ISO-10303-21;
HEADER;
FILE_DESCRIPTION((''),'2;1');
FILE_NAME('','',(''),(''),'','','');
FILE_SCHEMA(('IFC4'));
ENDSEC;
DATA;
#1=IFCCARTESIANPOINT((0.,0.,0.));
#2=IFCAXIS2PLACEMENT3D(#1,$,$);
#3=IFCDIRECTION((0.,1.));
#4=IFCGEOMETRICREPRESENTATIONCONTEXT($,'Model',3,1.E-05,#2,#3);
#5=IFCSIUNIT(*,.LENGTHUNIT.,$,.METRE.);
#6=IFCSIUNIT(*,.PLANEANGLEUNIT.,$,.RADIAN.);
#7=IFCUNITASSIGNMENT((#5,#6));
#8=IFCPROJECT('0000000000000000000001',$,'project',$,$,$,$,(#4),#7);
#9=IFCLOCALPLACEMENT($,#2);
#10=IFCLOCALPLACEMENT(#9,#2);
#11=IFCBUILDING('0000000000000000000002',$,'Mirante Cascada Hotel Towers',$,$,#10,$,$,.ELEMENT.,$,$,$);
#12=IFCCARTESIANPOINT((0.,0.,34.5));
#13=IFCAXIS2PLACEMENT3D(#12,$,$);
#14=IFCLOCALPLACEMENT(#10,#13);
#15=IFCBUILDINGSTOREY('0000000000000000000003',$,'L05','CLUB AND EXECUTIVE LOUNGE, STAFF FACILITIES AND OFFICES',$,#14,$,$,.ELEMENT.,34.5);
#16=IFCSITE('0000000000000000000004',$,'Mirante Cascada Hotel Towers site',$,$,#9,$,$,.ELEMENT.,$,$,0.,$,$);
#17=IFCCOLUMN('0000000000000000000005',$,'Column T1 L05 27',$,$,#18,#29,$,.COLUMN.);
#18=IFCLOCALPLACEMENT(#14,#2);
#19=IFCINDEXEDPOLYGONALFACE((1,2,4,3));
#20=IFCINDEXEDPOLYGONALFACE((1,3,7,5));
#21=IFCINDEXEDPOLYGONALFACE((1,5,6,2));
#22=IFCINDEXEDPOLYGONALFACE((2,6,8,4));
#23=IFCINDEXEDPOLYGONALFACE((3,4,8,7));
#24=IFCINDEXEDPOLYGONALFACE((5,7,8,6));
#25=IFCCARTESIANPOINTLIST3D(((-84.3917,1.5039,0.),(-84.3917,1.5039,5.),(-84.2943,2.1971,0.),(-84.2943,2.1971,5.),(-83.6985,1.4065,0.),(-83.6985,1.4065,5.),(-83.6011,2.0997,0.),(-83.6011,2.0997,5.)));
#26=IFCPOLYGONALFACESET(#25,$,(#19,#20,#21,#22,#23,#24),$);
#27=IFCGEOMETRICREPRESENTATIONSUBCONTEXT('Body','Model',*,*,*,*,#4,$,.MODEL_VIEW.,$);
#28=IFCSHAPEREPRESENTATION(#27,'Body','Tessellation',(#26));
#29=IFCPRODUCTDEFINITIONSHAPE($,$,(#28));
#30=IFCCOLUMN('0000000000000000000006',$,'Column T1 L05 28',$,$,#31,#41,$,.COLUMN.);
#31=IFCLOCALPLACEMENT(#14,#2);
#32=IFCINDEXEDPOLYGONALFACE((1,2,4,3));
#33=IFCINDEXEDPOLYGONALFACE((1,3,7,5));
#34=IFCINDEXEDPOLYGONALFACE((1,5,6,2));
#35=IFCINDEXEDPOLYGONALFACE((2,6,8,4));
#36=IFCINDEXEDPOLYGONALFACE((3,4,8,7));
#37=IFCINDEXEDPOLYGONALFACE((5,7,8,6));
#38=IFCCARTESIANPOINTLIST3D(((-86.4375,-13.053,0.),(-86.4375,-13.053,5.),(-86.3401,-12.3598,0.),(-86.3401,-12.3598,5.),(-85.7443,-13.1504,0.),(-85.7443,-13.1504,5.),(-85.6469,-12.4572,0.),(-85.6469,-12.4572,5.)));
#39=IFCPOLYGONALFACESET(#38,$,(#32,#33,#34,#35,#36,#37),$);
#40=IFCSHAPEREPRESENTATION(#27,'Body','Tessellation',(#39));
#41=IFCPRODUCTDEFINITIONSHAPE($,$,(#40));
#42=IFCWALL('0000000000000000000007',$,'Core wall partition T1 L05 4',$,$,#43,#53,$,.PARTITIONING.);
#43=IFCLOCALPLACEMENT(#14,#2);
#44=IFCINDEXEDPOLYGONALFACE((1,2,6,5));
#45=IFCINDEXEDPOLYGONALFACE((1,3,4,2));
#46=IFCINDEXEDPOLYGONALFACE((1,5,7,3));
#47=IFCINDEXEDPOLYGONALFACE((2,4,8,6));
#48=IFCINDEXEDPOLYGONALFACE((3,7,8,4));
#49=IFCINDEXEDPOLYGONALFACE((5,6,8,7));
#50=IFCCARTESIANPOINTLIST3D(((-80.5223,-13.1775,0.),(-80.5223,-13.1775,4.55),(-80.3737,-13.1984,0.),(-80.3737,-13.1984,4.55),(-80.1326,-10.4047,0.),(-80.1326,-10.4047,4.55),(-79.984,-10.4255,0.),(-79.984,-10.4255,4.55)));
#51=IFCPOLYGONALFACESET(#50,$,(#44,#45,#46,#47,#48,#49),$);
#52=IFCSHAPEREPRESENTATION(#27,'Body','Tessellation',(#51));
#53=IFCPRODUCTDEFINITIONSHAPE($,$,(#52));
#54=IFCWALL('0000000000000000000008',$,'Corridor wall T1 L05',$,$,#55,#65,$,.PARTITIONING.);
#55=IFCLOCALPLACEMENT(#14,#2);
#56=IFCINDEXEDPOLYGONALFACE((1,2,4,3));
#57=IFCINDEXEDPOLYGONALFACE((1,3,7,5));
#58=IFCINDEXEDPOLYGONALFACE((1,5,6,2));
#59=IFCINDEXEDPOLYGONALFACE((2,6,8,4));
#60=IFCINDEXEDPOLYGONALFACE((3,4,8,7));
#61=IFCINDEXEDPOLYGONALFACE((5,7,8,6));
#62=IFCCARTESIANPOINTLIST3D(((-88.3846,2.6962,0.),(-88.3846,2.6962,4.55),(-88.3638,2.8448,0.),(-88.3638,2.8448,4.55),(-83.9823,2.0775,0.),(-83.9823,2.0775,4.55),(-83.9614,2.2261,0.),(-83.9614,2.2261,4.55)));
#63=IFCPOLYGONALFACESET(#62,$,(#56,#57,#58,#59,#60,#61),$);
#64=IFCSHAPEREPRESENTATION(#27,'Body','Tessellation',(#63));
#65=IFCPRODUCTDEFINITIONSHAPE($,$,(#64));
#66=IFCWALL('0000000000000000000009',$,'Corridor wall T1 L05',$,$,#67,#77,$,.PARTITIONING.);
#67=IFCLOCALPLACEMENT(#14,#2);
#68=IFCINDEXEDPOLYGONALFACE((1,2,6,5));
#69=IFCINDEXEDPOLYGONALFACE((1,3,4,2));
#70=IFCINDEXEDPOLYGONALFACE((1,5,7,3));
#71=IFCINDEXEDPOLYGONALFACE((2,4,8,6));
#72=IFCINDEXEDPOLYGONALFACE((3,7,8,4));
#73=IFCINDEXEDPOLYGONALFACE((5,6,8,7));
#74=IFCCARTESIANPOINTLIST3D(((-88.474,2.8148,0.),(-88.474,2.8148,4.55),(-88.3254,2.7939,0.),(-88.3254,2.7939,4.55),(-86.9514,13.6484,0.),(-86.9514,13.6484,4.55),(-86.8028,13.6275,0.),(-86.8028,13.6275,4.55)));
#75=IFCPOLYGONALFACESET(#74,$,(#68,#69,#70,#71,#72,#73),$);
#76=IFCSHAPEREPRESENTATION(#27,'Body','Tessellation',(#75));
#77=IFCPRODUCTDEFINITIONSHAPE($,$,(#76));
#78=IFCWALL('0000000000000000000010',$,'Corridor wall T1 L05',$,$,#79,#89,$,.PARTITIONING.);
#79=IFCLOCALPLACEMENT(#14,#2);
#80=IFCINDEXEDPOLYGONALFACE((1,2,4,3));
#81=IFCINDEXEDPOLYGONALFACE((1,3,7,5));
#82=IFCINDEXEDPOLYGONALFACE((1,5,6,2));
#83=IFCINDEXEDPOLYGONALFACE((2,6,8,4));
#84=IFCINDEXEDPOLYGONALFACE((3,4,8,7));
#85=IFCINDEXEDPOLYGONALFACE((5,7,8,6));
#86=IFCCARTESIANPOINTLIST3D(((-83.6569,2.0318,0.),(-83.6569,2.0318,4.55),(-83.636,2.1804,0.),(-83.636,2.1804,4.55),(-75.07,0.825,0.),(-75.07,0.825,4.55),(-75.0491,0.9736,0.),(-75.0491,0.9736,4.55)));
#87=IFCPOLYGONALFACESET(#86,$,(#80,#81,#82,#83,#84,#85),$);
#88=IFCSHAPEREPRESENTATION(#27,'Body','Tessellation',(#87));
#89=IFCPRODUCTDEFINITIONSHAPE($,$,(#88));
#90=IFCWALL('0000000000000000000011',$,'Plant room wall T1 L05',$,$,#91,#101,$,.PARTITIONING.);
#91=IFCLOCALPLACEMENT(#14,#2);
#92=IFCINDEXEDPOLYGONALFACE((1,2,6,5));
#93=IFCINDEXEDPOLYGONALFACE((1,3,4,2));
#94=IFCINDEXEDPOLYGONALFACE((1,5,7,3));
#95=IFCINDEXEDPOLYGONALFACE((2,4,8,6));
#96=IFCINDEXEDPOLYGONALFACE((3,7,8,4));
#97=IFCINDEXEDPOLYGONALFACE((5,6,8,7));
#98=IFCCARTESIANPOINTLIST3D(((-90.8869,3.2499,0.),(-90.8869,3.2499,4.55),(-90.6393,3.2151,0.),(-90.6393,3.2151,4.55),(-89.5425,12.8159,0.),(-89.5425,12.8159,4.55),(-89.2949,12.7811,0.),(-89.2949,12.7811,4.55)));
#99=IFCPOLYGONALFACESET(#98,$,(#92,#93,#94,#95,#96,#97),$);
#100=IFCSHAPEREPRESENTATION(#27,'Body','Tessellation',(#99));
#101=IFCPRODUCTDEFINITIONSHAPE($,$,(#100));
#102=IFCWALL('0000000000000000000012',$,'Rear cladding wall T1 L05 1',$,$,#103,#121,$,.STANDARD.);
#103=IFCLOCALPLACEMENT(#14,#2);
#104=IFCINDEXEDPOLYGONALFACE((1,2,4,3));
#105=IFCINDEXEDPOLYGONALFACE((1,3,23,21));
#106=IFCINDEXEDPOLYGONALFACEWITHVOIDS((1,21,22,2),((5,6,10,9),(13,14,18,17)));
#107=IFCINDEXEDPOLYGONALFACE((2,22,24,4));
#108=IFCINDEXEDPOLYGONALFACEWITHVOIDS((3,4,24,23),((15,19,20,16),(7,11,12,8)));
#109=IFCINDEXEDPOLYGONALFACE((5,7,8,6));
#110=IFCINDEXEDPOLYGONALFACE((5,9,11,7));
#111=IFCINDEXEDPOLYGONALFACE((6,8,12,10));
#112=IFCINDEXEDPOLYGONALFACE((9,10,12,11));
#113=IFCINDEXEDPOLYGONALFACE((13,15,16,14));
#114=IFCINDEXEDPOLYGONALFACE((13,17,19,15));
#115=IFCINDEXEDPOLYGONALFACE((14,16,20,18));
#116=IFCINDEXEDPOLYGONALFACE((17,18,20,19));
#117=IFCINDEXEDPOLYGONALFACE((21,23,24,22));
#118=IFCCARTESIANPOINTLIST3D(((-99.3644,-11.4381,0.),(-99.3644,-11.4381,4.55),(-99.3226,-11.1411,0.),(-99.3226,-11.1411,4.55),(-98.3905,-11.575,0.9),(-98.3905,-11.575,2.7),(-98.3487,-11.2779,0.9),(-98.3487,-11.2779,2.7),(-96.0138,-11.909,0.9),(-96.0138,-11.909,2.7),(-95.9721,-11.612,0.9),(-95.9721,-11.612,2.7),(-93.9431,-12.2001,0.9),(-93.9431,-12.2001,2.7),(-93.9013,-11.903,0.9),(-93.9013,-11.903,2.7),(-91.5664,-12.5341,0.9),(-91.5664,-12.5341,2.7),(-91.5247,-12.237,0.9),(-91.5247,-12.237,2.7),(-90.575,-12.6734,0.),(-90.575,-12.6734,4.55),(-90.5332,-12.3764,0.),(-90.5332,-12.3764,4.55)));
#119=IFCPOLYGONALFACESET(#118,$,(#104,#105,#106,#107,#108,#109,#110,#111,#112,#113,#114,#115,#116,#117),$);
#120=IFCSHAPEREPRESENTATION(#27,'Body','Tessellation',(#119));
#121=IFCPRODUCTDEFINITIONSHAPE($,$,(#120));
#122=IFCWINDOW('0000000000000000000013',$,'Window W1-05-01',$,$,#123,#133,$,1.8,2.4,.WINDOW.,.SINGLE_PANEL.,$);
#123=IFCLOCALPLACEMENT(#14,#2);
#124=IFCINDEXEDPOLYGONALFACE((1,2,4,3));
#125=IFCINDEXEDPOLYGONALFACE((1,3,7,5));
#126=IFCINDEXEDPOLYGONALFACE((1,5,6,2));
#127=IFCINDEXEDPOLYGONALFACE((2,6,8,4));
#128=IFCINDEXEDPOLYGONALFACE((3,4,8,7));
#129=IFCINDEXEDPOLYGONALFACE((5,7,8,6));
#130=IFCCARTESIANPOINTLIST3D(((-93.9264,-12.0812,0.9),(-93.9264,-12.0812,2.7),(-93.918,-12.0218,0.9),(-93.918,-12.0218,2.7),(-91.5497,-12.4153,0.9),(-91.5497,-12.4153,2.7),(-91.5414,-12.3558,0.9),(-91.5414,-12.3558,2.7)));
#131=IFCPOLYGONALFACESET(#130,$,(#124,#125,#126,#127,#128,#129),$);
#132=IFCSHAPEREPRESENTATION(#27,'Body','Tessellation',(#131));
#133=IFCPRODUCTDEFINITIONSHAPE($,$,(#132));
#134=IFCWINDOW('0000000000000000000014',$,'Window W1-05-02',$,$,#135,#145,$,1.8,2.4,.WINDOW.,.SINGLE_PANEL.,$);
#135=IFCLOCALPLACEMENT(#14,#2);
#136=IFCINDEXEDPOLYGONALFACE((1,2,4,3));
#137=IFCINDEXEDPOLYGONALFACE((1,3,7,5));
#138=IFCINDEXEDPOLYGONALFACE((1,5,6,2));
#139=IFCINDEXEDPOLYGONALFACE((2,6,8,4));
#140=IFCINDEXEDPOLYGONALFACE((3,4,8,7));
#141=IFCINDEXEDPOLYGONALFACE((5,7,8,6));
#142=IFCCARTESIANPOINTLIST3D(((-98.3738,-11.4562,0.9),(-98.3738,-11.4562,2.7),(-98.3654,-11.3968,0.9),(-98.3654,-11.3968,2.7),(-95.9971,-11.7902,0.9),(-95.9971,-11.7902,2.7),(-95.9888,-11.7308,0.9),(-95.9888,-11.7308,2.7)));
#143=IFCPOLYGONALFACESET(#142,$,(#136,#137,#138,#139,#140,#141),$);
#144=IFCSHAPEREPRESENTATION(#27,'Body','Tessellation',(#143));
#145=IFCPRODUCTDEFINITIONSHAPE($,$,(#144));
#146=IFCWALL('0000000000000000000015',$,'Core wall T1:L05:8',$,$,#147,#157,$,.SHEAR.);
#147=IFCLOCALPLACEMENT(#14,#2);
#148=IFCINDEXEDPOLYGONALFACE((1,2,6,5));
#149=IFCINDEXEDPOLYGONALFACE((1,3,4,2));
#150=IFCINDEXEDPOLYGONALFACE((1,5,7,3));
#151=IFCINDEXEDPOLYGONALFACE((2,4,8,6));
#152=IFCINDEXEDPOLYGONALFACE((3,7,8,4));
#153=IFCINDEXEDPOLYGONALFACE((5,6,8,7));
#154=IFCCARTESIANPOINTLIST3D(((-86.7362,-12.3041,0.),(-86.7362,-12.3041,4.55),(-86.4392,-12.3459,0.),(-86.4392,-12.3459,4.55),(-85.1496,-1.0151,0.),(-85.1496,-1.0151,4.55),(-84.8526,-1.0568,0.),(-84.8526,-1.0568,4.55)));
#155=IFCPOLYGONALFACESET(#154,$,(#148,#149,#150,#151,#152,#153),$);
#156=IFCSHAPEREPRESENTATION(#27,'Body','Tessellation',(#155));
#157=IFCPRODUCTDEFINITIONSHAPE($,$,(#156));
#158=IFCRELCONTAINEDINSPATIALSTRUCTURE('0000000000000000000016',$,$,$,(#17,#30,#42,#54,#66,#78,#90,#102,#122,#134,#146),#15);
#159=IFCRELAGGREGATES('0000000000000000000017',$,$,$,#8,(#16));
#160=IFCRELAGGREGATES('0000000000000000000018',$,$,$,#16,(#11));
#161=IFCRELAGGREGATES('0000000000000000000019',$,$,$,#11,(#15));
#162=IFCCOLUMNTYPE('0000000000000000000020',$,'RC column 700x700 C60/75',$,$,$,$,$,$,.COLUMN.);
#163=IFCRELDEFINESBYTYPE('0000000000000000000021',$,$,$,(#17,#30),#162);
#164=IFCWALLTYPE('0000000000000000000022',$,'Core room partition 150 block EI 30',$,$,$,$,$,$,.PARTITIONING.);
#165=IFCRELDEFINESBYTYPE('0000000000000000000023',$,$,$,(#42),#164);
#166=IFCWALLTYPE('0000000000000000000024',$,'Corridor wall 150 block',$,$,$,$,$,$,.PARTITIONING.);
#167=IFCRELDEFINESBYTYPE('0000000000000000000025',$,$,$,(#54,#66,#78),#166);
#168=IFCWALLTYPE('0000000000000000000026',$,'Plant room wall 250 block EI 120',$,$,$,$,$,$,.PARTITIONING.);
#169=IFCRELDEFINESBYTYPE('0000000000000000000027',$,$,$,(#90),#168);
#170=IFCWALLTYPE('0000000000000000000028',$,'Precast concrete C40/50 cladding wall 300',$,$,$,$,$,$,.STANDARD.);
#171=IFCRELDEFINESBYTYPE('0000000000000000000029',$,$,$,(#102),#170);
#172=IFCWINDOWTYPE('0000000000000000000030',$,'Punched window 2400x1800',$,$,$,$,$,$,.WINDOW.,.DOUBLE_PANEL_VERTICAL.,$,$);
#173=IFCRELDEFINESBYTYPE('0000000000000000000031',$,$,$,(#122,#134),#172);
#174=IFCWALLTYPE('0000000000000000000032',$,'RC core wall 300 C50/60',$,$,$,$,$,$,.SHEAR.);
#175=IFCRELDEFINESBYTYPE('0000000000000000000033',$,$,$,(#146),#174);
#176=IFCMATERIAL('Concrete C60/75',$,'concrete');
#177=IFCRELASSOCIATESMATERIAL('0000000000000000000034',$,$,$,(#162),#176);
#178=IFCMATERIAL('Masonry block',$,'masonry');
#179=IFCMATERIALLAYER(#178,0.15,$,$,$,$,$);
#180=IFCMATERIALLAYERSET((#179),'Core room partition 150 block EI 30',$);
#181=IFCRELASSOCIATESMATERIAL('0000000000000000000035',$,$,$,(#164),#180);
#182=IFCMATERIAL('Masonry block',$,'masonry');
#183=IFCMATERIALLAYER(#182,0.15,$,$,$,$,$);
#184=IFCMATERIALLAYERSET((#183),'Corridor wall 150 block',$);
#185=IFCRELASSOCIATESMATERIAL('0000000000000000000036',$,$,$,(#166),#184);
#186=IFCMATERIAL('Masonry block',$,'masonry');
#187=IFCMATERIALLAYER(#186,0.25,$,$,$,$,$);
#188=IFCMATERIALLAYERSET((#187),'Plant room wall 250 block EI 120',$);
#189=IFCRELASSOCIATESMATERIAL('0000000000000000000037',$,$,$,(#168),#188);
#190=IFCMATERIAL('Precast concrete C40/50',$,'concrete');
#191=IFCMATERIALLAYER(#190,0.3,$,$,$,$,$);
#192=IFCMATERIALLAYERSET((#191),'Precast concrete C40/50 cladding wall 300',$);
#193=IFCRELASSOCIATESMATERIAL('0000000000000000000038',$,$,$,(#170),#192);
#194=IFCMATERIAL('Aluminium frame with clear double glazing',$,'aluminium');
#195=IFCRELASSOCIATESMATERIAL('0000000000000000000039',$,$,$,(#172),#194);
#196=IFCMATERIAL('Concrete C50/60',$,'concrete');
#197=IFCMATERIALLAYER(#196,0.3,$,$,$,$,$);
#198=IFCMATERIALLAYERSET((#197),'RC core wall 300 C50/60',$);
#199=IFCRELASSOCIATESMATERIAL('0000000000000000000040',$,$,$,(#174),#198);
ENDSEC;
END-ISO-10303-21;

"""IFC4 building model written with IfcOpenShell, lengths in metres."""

from ifc_helpers import new_model, si_unit, direction, frame, frame_2d, origin, origin_2d, place, context, subcontext, project, spatial, rectangle, extrude, material, layer, layer_set, material_profile, profile_set, type_object, element, fill, save


model = new_model("IFC4")

# Units and contexts
model_context = context("Model", 3, precision=1e-05, world=origin(), true_north=direction((0.0, 1.0)))
body_context = subcontext(model_context, "Body", "Model", "MODEL_VIEW")
ifc_project = project(units=[si_unit("LENGTHUNIT", "METRE"), si_unit("PLANEANGLEUNIT", "RADIAN")], contexts=[model_context])

# Site, building, storey
site_placement = place(None, origin())
site = spatial("IfcSite", under=ifc_project, at=site_placement, Name="Mirante Cascada Hotel Towers site", CompositionType="ELEMENT", RefElevation=0.0)
building_placement = place(site_placement, origin())
building = spatial("IfcBuilding", under=site, at=building_placement, Name="Mirante Cascada Hotel Towers", CompositionType="ELEMENT")
storey_placement = place(building_placement, frame((0.0, 0.0, 34.5)))
storey = spatial("IfcBuildingStorey", under=building, at=storey_placement, Name="L05", Description="CLUB AND EXECUTIVE LOUNGE, STAFF FACILITIES AND OFFICES", CompositionType="ELEMENT", Elevation=34.5)

# Columns
ifc_material_1 = material(Name="Concrete C60/75", Category="concrete")
ifc_material_profile = material_profile(ifc_material_1, rectangle(XDim=0.7, YDim=0.7, at=origin_2d()), Name="RC column 700x700 C60/75")
ifc_profile_set = profile_set([ifc_material_profile], Name="Concrete C60/75")
column_type = type_object("IfcColumnType", Name="RC column 700x700 C60/75", PredefinedType="COLUMN", material=ifc_profile_set)
for number, where, z_axis, x_axis, name in (
    (1, (-83.9964, 1.8018, 0.0), (0.0, 0.0, 1.0), (-0.990268, 0.139173, 0.0), "Column T1 L05 27"),
    (2, (-86.0422, -12.7551, 0.0), (0.0, 0.0, 1.0), (-0.990268, 0.139173, 0.0), "Column T1 L05 28"),
):
    element("IfcColumn", number, at=place(storey_placement, frame(where, z_axis=z_axis, x_axis=x_axis)), inside=storey, type_object=column_type, Name=name, PredefinedType="COLUMN", context=body_context, shape_type="SweptSolid", body=[
        extrude(rectangle(XDim=0.7, YDim=0.7, at=origin_2d()), origin(), (0.0, 0.0, 1.0), 5.0),
    ])

# Walls
ifc_material_2 = material(Name="Masonry block", Category="masonry")
ifc_layer_1 = layer(ifc_material_2, 0.15)
ifc_layer_set_1 = layer_set([ifc_layer_1], Name="Core room partition 150 block EI 30")
wall_type_1 = type_object("IfcWallType", Name="Core room partition 150 block EI 30", PredefinedType="PARTITIONING", material=ifc_layer_set_1)
wall_1_placement = place(storey_placement, frame((-80.448, -13.1879, 0.0), z_axis=(0.0, 0.0, 1.0), x_axis=(0.139176, 0.990268, 0.0)))
element("IfcWall", 3, at=wall_1_placement, inside=storey, type_object=wall_type_1, Name="Core wall partition T1 L05 4", PredefinedType="PARTITIONING", context=body_context, shape_type="SweptSolid", body=[
    extrude(rectangle(XDim=2.8001, YDim=0.15, at=frame_2d((1.4, 0.0))), origin(), (0.0, 0.0, 1.0), 4.55),
])
ifc_material_3 = material(Name="Masonry block", Category="masonry")
ifc_layer_2 = layer(ifc_material_3, 0.15)
ifc_layer_set_2 = layer_set([ifc_layer_2], Name="Corridor wall 150 block")
wall_type_2 = type_object("IfcWallType", Name="Corridor wall 150 block", PredefinedType="PARTITIONING", material=ifc_layer_set_2)
wall_2_placement = place(storey_placement, frame((-88.3742, 2.7705, 0.0), z_axis=(0.0, 0.0, 1.0), x_axis=(0.990268, -0.139173, 0.0)))
element("IfcWall", 4, at=wall_2_placement, inside=storey, type_object=wall_type_2, Name="Corridor wall T1 L05", PredefinedType="PARTITIONING", context=body_context, shape_type="SweptSolid", body=[
    extrude(rectangle(XDim=4.4456, YDim=0.15, at=frame_2d((2.2228, 0.0))), origin(), (0.0, 0.0, 1.0), 4.55),
])
wall_3_placement = place(storey_placement, frame((-88.3997, 2.8044, 0.0), z_axis=(0.0, 0.0, 1.0), x_axis=(0.139176, 0.990268, 0.0)))
element("IfcWall", 5, at=wall_3_placement, inside=storey, type_object=wall_type_2, Name="Corridor wall T1 L05", PredefinedType="PARTITIONING", context=body_context, shape_type="SweptSolid", body=[
    extrude(rectangle(XDim=10.9401, YDim=0.15, at=frame_2d((5.47, 0.0))), origin(), (0.0, 0.0, 1.0), 4.55),
])
wall_4_placement = place(storey_placement, frame((-83.6464, 2.1061, 0.0), z_axis=(0.0, 0.0, 1.0), x_axis=(0.990268, -0.139172, 0.0)))
element("IfcWall", 6, at=wall_4_placement, inside=storey, type_object=wall_type_2, Name="Corridor wall T1 L05", PredefinedType="PARTITIONING", context=body_context, shape_type="SweptSolid", body=[
    extrude(rectangle(XDim=8.6713, YDim=0.15, at=frame_2d((4.3356, 0.0))), origin(), (0.0, 0.0, 1.0), 4.55),
])
ifc_material_4 = material(Name="Masonry block", Category="masonry")
ifc_layer_3 = layer(ifc_material_4, 0.25)
ifc_layer_set_3 = layer_set([ifc_layer_3], Name="Plant room wall 250 block EI 120")
wall_type_3 = type_object("IfcWallType", Name="Plant room wall 250 block EI 120", PredefinedType="PARTITIONING", material=ifc_layer_set_3)
wall_5_placement = place(storey_placement, frame((-90.7631, 3.2325, 0.0), z_axis=(0.0, 0.0, 1.0), x_axis=(0.139172, 0.990268, 0.0)))
element("IfcWall", 7, at=wall_5_placement, inside=storey, type_object=wall_type_3, Name="Plant room wall T1 L05", PredefinedType="PARTITIONING", context=body_context, shape_type="SweptSolid", body=[
    extrude(rectangle(XDim=9.66, YDim=0.25, at=frame_2d((4.83, 0.0))), origin(), (0.0, 0.0, 1.0), 4.55),
])

# Wall, openings, windows
ifc_material_5 = material(Name="Precast concrete C40/50", Category="concrete")
ifc_layer_4 = layer(ifc_material_5, 0.3)
ifc_layer_set_4 = layer_set([ifc_layer_4], Name="Precast concrete C40/50 cladding wall 300")
wall_type_4 = type_object("IfcWallType", Name="Precast concrete C40/50 cladding wall 300", PredefinedType="STANDARD", material=ifc_layer_set_4)
wall_6_placement = place(storey_placement, frame((-90.5541, -12.5249, 0.0), z_axis=(0.0, 0.0, 1.0), x_axis=(-0.990268, 0.139177, 0.0)))
wall_6 = element("IfcWall", 8, at=wall_6_placement, inside=storey, type_object=wall_type_4, Name="Rear cladding wall T1 L05 1", PredefinedType="STANDARD", context=body_context, shape_type="SweptSolid", body=[
    extrude(rectangle(XDim=8.8758, YDim=0.3, at=frame_2d((4.4379, 0.0))), origin(), (0.0, 0.0, 1.0), 4.55),
])
opening_1_placement = place(wall_6_placement, frame((1.0012, 0.0, 0.9)))
opening_1 = element("IfcOpeningElement", 9, at=opening_1_placement, cuts=wall_6, PredefinedType="OPENING", context=body_context, shape_type="SweptSolid", body=[
    extrude(rectangle(XDim=2.4, YDim=1.8, at=frame_2d((1.2, 0.9))), frame((0.0, 0.15, 0.0), z_axis=(0.0, -1.0, 0.0), x_axis=(1.0, 0.0, 0.0)), (0.0, 0.0, 1.0), 0.3),
])
opening_2_placement = place(wall_6_placement, frame((5.4923, 0.0, 0.9)))
opening_2 = element("IfcOpeningElement", 10, at=opening_2_placement, cuts=wall_6, PredefinedType="OPENING", context=body_context, shape_type="SweptSolid", body=[
    extrude(rectangle(XDim=2.4, YDim=1.8, at=frame_2d((1.2, 0.9))), frame((0.0, 0.15, 0.0), z_axis=(0.0, -1.0, 0.0), x_axis=(1.0, 0.0, 0.0)), (0.0, 0.0, 1.0), 0.3),
])
ifc_material_6 = material(Name="Aluminium frame with clear double glazing", Category="aluminium")
window_type = type_object("IfcWindowType", Name="Punched window 2400x1800", PartitioningType="DOUBLE_PANEL_VERTICAL", PredefinedType="WINDOW", material=ifc_material_6)
window_1_placement = place(opening_1_placement, origin())
window_1 = element("IfcWindow", 11, at=window_1_placement, inside=storey, type_object=window_type, Name="Window W1-05-01", OverallHeight=1.8, OverallWidth=2.4, PartitioningType="SINGLE_PANEL", PredefinedType="WINDOW", context=body_context, shape_type="SweptSolid", body=[
    extrude(rectangle(XDim=2.4, YDim=1.8, at=frame_2d((1.2, 0.9))), frame((0.0, 0.03, 0.0), z_axis=(0.0, -1.0, 0.0), x_axis=(1.0, 0.0, 0.0)), (0.0, 0.0, 1.0), 0.06),
])
fill(opening_1, window_1)
window_2_placement = place(opening_2_placement, origin())
window_2 = element("IfcWindow", 12, at=window_2_placement, inside=storey, type_object=window_type, Name="Window W1-05-02", OverallHeight=1.8, OverallWidth=2.4, PartitioningType="SINGLE_PANEL", PredefinedType="WINDOW", context=body_context, shape_type="SweptSolid", body=[
    extrude(rectangle(XDim=2.4, YDim=1.8, at=frame_2d((1.2, 0.9))), frame((0.0, 0.03, 0.0), z_axis=(0.0, -1.0, 0.0), x_axis=(1.0, 0.0, 0.0)), (0.0, 0.0, 1.0), 0.06),
])
fill(opening_2, window_2)

# Wall
ifc_material_7 = material(Name="Concrete C50/60", Category="concrete")
ifc_layer_5 = layer(ifc_material_7, 0.3)
ifc_layer_set_5 = layer_set([ifc_layer_5], Name="RC core wall 300 C50/60")
wall_type_5 = type_object("IfcWallType", Name="RC core wall 300 C50/60", PredefinedType="SHEAR", material=ifc_layer_set_5)
wall_7_placement = place(storey_placement, frame((-86.5877, -12.325, 0.0), z_axis=(0.0, 0.0, 1.0), x_axis=(0.139175, 0.990268, 0.0)))
element("IfcWall", 13, at=wall_7_placement, inside=storey, type_object=wall_type_5, Name="Core wall T1:L05:8", PredefinedType="SHEAR", context=body_context, shape_type="SweptSolid", body=[
    extrude(rectangle(XDim=11.4, YDim=0.3, at=frame_2d((5.7, 0.0))), origin(), (0.0, 0.0, 1.0), 4.55),
])

save(model, "model.ifc")
